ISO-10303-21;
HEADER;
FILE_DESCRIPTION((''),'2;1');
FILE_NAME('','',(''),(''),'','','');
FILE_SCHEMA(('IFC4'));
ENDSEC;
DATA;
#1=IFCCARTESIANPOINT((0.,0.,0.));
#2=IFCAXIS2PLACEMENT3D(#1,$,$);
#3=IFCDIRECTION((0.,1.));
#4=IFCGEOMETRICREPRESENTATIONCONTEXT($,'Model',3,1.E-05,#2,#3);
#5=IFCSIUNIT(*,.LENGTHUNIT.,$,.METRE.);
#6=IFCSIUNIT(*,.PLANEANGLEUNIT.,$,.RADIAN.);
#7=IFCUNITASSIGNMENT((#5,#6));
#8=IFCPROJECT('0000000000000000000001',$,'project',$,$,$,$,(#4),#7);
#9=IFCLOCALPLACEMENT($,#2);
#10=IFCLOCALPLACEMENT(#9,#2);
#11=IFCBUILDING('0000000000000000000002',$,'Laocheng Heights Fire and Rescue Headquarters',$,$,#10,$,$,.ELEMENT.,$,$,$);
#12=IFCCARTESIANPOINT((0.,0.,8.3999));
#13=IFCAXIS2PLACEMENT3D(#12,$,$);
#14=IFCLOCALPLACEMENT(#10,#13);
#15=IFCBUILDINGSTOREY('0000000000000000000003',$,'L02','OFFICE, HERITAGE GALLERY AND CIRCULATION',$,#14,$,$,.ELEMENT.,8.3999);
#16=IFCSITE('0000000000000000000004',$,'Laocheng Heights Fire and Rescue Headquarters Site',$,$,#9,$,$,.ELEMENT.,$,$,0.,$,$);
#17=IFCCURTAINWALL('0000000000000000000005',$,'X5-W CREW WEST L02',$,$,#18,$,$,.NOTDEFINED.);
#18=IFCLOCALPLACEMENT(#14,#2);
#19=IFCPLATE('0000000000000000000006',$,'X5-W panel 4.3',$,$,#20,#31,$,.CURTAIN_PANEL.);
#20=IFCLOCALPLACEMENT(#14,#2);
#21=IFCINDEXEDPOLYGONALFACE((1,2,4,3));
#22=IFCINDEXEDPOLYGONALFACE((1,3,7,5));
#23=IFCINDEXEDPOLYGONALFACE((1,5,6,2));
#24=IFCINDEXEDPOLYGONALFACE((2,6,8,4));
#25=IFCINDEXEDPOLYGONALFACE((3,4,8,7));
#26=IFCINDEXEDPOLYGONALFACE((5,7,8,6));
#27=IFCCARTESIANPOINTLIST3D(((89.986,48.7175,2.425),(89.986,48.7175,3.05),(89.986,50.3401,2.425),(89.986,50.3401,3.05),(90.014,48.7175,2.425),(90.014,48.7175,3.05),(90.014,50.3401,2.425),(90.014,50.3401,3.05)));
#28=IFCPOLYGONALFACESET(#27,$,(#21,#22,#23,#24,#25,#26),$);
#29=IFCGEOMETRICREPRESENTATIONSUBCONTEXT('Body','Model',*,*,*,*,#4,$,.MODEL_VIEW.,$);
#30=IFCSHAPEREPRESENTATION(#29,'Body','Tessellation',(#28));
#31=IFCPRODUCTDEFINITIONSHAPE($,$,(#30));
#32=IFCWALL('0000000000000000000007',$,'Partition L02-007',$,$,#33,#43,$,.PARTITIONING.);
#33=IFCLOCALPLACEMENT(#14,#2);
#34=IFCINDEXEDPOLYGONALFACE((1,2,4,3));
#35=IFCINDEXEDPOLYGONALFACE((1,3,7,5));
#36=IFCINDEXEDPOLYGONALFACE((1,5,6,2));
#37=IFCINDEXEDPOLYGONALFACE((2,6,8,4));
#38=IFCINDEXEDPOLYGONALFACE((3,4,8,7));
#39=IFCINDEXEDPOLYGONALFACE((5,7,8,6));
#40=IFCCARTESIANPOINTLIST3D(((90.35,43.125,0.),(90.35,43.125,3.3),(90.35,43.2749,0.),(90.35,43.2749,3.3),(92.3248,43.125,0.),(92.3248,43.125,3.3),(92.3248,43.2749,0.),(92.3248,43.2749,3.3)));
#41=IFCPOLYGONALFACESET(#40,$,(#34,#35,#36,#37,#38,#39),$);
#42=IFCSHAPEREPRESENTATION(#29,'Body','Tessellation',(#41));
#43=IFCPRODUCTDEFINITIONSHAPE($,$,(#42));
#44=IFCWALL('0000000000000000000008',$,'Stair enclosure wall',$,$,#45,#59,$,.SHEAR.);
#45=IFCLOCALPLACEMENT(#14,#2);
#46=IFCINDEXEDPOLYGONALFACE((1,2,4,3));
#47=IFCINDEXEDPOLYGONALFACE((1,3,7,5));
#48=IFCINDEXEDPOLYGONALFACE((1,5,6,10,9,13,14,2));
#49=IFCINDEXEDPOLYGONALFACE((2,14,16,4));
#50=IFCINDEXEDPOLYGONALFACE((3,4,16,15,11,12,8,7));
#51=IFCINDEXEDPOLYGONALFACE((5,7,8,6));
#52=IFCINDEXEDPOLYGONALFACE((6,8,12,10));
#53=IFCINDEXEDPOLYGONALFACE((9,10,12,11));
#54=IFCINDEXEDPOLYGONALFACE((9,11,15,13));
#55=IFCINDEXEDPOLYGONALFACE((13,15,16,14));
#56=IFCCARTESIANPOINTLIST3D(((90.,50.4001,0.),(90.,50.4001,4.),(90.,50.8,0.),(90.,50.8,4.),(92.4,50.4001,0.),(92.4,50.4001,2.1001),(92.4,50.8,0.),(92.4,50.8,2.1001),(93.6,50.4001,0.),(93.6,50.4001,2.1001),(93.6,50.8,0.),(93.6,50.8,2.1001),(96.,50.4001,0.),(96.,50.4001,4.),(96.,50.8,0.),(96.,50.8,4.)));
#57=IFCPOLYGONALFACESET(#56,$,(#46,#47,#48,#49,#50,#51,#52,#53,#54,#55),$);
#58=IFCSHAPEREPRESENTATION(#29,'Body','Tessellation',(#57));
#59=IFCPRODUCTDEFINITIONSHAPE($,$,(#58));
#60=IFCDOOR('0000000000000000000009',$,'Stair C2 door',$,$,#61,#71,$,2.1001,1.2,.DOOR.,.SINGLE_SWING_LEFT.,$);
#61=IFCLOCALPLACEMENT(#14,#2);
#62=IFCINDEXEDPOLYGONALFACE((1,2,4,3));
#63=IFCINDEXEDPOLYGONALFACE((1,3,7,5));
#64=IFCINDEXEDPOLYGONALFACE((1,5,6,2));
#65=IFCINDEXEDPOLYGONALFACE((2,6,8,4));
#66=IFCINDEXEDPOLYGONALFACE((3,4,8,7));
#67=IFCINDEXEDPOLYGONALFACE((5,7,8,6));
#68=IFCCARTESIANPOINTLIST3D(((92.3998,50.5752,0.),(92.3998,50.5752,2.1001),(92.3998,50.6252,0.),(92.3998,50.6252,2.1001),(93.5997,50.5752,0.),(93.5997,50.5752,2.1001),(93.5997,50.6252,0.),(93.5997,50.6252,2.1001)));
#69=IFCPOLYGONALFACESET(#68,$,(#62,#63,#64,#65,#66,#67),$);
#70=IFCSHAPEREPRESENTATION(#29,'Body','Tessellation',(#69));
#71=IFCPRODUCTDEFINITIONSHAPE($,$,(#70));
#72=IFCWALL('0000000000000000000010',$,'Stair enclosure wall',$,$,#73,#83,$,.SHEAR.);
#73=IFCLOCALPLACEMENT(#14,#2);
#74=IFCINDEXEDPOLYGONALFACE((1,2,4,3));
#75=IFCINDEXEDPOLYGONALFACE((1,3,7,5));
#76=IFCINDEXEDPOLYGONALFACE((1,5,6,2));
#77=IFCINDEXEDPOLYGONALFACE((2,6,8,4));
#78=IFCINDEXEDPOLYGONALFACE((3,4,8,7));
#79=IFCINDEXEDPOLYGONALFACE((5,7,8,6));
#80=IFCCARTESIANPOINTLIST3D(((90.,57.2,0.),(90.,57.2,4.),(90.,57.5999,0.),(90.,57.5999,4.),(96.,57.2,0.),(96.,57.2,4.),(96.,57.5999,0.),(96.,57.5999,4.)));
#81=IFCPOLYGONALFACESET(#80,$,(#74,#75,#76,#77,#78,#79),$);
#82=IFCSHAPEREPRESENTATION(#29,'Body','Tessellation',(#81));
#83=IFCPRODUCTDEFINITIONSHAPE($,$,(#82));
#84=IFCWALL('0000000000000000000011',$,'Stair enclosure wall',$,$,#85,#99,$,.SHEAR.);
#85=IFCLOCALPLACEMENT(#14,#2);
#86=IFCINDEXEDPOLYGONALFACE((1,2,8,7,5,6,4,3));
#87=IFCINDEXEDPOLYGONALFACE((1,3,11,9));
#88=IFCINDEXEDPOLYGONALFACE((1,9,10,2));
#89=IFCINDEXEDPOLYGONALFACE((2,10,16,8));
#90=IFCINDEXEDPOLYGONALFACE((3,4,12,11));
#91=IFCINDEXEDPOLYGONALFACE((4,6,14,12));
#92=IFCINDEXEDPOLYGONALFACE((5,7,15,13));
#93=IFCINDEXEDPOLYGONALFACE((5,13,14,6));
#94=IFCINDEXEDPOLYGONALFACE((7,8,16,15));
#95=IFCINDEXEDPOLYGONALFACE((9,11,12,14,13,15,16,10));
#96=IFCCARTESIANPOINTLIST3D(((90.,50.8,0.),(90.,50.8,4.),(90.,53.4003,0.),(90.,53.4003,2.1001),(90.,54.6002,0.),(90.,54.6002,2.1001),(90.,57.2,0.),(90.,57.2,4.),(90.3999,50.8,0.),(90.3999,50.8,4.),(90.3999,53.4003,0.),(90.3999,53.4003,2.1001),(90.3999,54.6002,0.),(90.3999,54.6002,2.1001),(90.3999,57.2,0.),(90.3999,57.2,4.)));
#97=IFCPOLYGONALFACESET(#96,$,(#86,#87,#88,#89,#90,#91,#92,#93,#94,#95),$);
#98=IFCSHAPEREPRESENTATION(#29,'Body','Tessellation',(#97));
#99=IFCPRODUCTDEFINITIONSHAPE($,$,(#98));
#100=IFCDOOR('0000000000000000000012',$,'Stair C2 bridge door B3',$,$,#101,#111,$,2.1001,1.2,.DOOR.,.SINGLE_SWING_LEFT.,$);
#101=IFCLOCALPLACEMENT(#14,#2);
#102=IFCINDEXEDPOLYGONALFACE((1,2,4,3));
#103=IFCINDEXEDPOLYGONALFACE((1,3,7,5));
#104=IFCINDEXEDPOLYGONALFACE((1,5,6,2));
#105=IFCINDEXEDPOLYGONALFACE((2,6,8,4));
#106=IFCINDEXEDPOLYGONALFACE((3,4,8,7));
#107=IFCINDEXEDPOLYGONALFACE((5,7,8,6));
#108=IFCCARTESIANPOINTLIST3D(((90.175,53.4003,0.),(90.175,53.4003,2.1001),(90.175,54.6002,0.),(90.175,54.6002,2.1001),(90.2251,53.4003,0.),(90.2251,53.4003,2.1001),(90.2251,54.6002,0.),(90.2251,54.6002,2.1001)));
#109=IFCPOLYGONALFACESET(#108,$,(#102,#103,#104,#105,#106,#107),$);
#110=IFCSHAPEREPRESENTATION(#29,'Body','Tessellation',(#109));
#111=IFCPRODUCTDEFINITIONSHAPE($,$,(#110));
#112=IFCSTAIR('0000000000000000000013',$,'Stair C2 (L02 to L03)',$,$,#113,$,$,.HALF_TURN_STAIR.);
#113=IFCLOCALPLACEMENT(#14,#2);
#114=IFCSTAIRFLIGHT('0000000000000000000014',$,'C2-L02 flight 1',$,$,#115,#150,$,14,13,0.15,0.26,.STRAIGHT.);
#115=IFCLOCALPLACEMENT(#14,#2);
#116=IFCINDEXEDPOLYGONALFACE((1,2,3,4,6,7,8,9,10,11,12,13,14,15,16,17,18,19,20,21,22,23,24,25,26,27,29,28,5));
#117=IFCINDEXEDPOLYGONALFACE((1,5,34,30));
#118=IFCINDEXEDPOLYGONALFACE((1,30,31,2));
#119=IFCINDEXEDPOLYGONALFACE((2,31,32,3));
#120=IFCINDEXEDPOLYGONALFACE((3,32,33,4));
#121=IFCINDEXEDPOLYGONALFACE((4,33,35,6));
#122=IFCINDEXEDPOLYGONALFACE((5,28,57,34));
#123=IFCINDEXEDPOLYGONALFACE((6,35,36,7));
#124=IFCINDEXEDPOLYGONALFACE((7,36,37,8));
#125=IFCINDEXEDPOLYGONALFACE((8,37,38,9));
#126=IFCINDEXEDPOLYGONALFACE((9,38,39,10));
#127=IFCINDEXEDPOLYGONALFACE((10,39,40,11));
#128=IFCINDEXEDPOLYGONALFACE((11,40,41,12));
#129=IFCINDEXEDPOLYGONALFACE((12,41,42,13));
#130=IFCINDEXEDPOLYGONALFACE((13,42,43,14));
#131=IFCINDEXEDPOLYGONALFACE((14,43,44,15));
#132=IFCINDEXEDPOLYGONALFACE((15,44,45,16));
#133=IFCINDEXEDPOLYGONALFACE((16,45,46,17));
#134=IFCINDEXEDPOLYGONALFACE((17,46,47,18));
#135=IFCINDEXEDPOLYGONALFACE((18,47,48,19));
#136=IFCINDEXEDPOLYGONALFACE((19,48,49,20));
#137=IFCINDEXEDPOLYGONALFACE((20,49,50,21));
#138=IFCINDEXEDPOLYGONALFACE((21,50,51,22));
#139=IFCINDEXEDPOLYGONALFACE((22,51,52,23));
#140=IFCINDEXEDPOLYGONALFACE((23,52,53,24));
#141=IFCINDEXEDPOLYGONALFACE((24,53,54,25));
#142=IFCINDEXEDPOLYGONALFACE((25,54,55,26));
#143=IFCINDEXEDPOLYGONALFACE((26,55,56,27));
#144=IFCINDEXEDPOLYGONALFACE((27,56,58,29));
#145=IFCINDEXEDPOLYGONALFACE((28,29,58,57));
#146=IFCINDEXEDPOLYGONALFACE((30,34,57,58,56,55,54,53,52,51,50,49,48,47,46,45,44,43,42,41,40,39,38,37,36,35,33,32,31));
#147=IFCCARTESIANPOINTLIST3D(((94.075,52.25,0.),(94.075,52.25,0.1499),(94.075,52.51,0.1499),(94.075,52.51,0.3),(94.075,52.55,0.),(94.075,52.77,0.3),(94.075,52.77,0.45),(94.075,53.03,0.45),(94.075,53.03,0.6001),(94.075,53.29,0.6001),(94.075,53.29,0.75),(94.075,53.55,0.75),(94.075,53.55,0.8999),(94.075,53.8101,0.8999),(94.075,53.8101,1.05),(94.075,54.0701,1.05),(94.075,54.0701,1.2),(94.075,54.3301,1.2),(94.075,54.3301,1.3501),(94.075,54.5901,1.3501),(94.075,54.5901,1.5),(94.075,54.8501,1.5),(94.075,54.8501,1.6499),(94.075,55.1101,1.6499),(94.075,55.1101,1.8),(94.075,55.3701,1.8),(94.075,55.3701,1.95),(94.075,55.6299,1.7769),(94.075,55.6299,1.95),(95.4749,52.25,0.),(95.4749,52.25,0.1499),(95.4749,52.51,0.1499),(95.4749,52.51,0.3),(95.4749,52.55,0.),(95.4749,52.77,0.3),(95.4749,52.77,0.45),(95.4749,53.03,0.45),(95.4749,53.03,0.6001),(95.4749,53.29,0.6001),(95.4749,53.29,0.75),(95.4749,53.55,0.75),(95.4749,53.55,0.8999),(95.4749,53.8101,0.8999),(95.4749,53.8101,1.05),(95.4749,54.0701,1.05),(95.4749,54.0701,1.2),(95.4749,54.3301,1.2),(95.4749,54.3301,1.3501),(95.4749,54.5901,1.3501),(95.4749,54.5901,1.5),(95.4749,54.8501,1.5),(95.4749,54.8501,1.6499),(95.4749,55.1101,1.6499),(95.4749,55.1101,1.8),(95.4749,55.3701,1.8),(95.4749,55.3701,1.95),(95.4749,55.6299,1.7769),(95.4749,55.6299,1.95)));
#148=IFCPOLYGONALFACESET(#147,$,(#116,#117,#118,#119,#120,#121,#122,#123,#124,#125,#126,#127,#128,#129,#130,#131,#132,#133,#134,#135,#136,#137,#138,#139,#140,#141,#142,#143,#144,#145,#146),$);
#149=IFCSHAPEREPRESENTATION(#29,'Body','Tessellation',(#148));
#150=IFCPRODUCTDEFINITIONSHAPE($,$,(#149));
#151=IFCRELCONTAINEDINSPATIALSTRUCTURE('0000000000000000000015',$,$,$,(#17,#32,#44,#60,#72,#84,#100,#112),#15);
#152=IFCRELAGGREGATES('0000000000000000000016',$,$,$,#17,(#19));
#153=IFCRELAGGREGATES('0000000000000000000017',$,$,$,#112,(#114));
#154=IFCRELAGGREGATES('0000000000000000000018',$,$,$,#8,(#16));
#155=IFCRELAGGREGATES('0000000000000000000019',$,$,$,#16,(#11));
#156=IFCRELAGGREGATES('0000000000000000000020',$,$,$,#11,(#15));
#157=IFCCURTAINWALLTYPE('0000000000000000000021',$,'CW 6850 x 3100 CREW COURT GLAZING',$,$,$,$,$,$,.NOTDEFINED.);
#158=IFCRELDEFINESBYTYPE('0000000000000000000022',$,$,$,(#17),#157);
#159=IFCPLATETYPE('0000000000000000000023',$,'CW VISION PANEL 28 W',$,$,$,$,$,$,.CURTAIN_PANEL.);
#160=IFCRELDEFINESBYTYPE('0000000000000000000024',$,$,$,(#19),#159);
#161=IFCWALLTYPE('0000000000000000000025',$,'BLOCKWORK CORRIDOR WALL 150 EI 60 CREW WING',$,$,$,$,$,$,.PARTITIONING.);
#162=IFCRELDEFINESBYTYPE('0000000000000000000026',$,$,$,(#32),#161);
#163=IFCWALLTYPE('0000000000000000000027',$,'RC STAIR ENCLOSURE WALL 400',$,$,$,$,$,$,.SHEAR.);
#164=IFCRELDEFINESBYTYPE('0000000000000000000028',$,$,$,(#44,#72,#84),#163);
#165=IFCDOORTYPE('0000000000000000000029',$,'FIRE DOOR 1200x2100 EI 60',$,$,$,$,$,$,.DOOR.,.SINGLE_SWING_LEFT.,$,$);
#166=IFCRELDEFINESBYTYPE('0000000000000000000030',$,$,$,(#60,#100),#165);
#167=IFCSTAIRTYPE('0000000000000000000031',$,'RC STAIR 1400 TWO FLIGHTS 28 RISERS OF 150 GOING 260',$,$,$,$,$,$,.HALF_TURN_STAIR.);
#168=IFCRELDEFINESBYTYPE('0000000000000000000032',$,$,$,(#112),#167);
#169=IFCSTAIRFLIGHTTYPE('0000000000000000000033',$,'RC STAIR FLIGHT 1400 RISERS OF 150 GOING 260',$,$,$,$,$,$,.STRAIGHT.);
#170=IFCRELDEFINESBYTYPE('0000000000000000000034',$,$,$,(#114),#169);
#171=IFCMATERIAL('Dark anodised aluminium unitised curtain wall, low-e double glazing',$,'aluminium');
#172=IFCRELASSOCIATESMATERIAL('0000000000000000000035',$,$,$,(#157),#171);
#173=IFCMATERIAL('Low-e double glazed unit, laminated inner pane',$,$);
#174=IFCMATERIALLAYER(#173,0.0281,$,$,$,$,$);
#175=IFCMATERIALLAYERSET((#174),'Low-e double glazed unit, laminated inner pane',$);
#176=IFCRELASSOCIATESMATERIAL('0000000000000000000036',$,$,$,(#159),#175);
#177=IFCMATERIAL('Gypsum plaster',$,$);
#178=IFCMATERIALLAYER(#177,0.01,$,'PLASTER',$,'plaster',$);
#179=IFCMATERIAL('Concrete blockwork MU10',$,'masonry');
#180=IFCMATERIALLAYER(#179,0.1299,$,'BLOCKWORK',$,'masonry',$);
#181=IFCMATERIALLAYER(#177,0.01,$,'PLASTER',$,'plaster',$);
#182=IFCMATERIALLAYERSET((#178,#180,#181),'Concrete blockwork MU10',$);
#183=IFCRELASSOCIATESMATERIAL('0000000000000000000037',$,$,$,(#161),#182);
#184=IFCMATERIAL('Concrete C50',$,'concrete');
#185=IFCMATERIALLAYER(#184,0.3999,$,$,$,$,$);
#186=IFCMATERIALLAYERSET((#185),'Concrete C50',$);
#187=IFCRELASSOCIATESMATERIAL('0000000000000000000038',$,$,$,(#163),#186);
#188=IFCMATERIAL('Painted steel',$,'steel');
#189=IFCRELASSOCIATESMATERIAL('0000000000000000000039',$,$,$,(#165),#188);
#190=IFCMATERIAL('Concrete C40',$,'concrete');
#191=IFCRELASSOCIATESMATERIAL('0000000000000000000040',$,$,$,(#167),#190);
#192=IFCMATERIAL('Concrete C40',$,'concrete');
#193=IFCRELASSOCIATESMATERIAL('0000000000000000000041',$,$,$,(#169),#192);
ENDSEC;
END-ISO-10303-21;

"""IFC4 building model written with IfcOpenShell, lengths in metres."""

from ifc_helpers import new_model, si_unit, direction, frame, frame_2d, origin, origin_2d, place, context, subcontext, project, spatial, polyline, rectangle, outline, extrude, material, layer, layer_set, type_object, element, fill, aggregate, save


model = new_model("IFC4")

# Units and contexts
model_context = context("Model", 3, precision=1e-05, world=origin(), true_north=direction((0.0, 1.0)))
body_context = subcontext(model_context, "Body", "Model", "MODEL_VIEW")
ifc_project = project(units=[si_unit("LENGTHUNIT", "METRE"), si_unit("PLANEANGLEUNIT", "RADIAN")], contexts=[model_context])

# Site, building, storey
site_placement = place(None, origin())
site = spatial("IfcSite", under=ifc_project, at=site_placement, Name="Laocheng Heights Fire and Rescue Headquarters Site", CompositionType="ELEMENT", RefElevation=0.0)
building_placement = place(site_placement, origin())
building = spatial("IfcBuilding", under=site, at=building_placement, Name="Laocheng Heights Fire and Rescue Headquarters", CompositionType="ELEMENT")
storey_placement = place(building_placement, frame((0.0, 0.0, 8.3999)))
storey = spatial("IfcBuildingStorey", under=building, at=storey_placement, Name="L02", Description="OFFICE, HERITAGE GALLERY AND CIRCULATION", CompositionType="ELEMENT", Elevation=8.3999)

# Curtain wall
ifc_material_1 = material(Name="Dark anodised aluminium unitised curtain wall, low-e double glazing", Category="aluminium")
curtain_wall_type = type_object("IfcCurtainWallType", Name="CW 6850 x 3100 CREW COURT GLAZING", PredefinedType="NOTDEFINED", material=ifc_material_1)
curtain_wall_placement = place(storey_placement, origin())
curtain_wall = element("IfcCurtainWall", 1, at=curtain_wall_placement, inside=storey, type_object=curtain_wall_type, Name="X5-W CREW WEST L02", PredefinedType="NOTDEFINED")

# Plate
ifc_material_2 = material(Name="Low-e double glazed unit, laminated inner pane")
ifc_layer_1 = layer(ifc_material_2, 0.0281)
ifc_layer_set_1 = layer_set([ifc_layer_1], Name="Low-e double glazed unit, laminated inner pane")
plate_type_1 = type_object("IfcPlateType", Name="CW VISION PANEL 28 W", PredefinedType="CURTAIN_PANEL", material=ifc_layer_set_1)
plate_1_placement = place(storey_placement, frame((90.0, 49.5288, 2.425), z_axis=(0.0, 0.0, 1.0), x_axis=(0.0, 1.0, 0.0)))
plate_1 = element("IfcPlate", 2, at=plate_1_placement, type_object=plate_type_1, Name="X5-W panel 4.3", PredefinedType="CURTAIN_PANEL", context=body_context, shape_type="SweptSolid", body=[
    extrude(rectangle(XDim=1.6226, YDim=0.0281, at=origin_2d()), origin(), (0.0, 0.0, 1.0), 0.625),
])
aggregate(curtain_wall, [plate_1])

# Wall
ifc_material_3 = material(Name="Gypsum plaster")
ifc_layer_2 = layer(ifc_material_3, 0.01, Name="PLASTER", Category="plaster")
ifc_material_4 = material(Name="Concrete blockwork MU10", Category="masonry")
ifc_layer_3 = layer(ifc_material_4, 0.1299, Name="BLOCKWORK", Category="masonry")
ifc_layer_4 = layer(ifc_material_3, 0.01, Name="PLASTER", Category="plaster")
ifc_layer_set_2 = layer_set([ifc_layer_2, ifc_layer_3, ifc_layer_4], Name="Concrete blockwork MU10")
wall_type_1 = type_object("IfcWallType", Name="BLOCKWORK CORRIDOR WALL 150 EI 60 CREW WING", PredefinedType="PARTITIONING", material=ifc_layer_set_2)
wall_1_placement = place(storey_placement, frame((90.3501, 43.2, 0.0), z_axis=(0.0, 0.0, 1.0), x_axis=(1.0, 0.0, 0.0)))
element("IfcWall", 3, at=wall_1_placement, inside=storey, type_object=wall_type_1, Name="Partition L02-007", PredefinedType="PARTITIONING", context=body_context, shape_type="SweptSolid", body=[
    extrude(rectangle(XDim=1.9749, YDim=0.1499, at=frame_2d((0.9873, 0.0))), origin(), (0.0, 0.0, 1.0), 3.3),
])

# Wall, opening, door
ifc_material_5 = material(Name="Concrete C50", Category="concrete")
ifc_layer_5 = layer(ifc_material_5, 0.3999)
ifc_layer_set_3 = layer_set([ifc_layer_5], Name="Concrete C50")
wall_type_2 = type_object("IfcWallType", Name="RC STAIR ENCLOSURE WALL 400", PredefinedType="SHEAR", material=ifc_layer_set_3)
wall_2_placement = place(storey_placement, frame((90.0, 50.6001, 0.0), z_axis=(0.0, 0.0, 1.0), x_axis=(1.0, 0.0, 0.0)))
wall_2 = element("IfcWall", 4, at=wall_2_placement, inside=storey, type_object=wall_type_2, Name="Stair enclosure wall", PredefinedType="SHEAR", context=body_context, shape_type="SweptSolid", body=[
    extrude(rectangle(XDim=6.0, YDim=0.3999, at=frame_2d((3.0, 0.0))), origin(), (0.0, 0.0, 1.0), 4.0),
])
opening_1_placement = place(wall_2_placement, frame((2.3999, 0.0, 0.0)))
opening_1 = element("IfcOpeningElement", 5, at=opening_1_placement, cuts=wall_2, PredefinedType="OPENING", context=body_context, shape_type="SweptSolid", body=[
    extrude(rectangle(XDim=1.2, YDim=2.1001, at=frame_2d((0.6001, 1.05))), frame((0.0, 0.21, 0.0), z_axis=(0.0, -1.0, 0.0), x_axis=(1.0, 0.0, 0.0)), (0.0, 0.0, 1.0), 0.4199),
])
ifc_material_6 = material(Name="Painted steel", Category="steel")
door_type = type_object("IfcDoorType", Name="FIRE DOOR 1200x2100 EI 60", OperationType="SINGLE_SWING_LEFT", PredefinedType="DOOR", material=ifc_material_6)
door_1_placement = place(opening_1_placement, frame((1.2, 0.0, 0.0), z_axis=(0.0, 0.0, 1.0), x_axis=(-1.0, 0.0, 0.0)))
door_1 = element("IfcDoor", 6, at=door_1_placement, inside=storey, type_object=door_type, Name="Stair C2 door", OperationType="SINGLE_SWING_LEFT", OverallHeight=2.1001, OverallWidth=1.2, PredefinedType="DOOR", context=body_context, shape_type="SweptSolid", body=[
    extrude(rectangle(XDim=1.2, YDim=2.1001, at=frame_2d((0.6001, 1.05))), frame((0.0, 0.0249, 0.0), z_axis=(0.0, -1.0, 0.0), x_axis=(1.0, 0.0, 0.0)), (0.0, 0.0, 1.0), 0.05),
])
fill(opening_1, door_1)

# Wall
wall_3_placement = place(storey_placement, frame((90.0, 57.3999, 0.0), z_axis=(0.0, 0.0, 1.0), x_axis=(1.0, 0.0, 0.0)))
element("IfcWall", 7, at=wall_3_placement, inside=storey, type_object=wall_type_2, Name="Stair enclosure wall", PredefinedType="SHEAR", context=body_context, shape_type="SweptSolid", body=[
    extrude(rectangle(XDim=6.0, YDim=0.3999, at=frame_2d((3.0, 0.0))), origin(), (0.0, 0.0, 1.0), 4.0),
])

# Wall, opening, door
wall_4_placement = place(storey_placement, frame((90.2, 50.8, 0.0), z_axis=(0.0, 0.0, 1.0), x_axis=(0.0, 1.0, 0.0)))
wall_4 = element("IfcWall", 8, at=wall_4_placement, inside=storey, type_object=wall_type_2, Name="Stair enclosure wall", PredefinedType="SHEAR", context=body_context, shape_type="SweptSolid", body=[
    extrude(rectangle(XDim=6.3999, YDim=0.3999, at=frame_2d((3.2, 0.0))), origin(), (0.0, 0.0, 1.0), 4.0),
])
opening_2_placement = place(wall_4_placement, frame((2.6001, 0.0, 0.0)))
opening_2 = element("IfcOpeningElement", 9, at=opening_2_placement, cuts=wall_4, PredefinedType="OPENING", context=body_context, shape_type="SweptSolid", body=[
    extrude(rectangle(XDim=1.2, YDim=2.1001, at=frame_2d((0.6001, 1.05))), frame((0.0, 0.21, 0.0), z_axis=(0.0, -1.0, 0.0), x_axis=(1.0, 0.0, 0.0)), (0.0, 0.0, 1.0), 0.4199),
])
door_2_placement = place(opening_2_placement, origin())
door_2 = element("IfcDoor", 10, at=door_2_placement, inside=storey, type_object=door_type, Name="Stair C2 bridge door B3", OperationType="SINGLE_SWING_LEFT", OverallHeight=2.1001, OverallWidth=1.2, PredefinedType="DOOR", context=body_context, shape_type="SweptSolid", body=[
    extrude(rectangle(XDim=1.2, YDim=2.1001, at=frame_2d((0.6001, 1.05))), frame((0.0, 0.0249, 0.0), z_axis=(0.0, -1.0, 0.0), x_axis=(1.0, 0.0, 0.0)), (0.0, 0.0, 1.0), 0.05),
])
fill(opening_2, door_2)

# Stair, stair flight
ifc_material_7 = material(Name="Concrete C40", Category="concrete")
stair_type = type_object("IfcStairType", Name="RC STAIR 1400 TWO FLIGHTS 28 RISERS OF 150 GOING 260", PredefinedType="HALF_TURN_STAIR", material=ifc_material_7)
stair_placement = place(storey_placement, origin())
stair = element("IfcStair", 11, at=stair_placement, inside=storey, type_object=stair_type, Name="Stair C2 (L02 to L03)", PredefinedType="HALF_TURN_STAIR")
ifc_material_8 = material(Name="Concrete C40", Category="concrete")
stair_flight_type = type_object("IfcStairFlightType", Name="RC STAIR FLIGHT 1400 RISERS OF 150 GOING 260", PredefinedType="STRAIGHT", material=ifc_material_8)
stair_flight_1_placement = place(storey_placement, frame((94.7749, 52.25, 0.0), z_axis=(0.0, 0.0, 1.0), x_axis=(0.0, 1.0, 0.0)))
stair_flight_1 = element("IfcStairFlight", 12, at=stair_flight_1_placement, type_object=stair_flight_type, Name="C2-L02 flight 1", NumberOfRisers=14, NumberOfTreads=13, PredefinedType="STRAIGHT", RiserHeight=0.15, TreadLength=0.26, context=body_context, shape_type="SweptSolid", body=[
    extrude(outline(polyline([(0.0, 0.0), (0.0, 0.1499), (0.26, 0.1499), (0.26, 0.3), (0.52, 0.3), (0.52, 0.45), (0.78, 0.45), (0.78, 0.6001), (1.04, 0.6001), (1.04, 0.75), (1.3, 0.75), (1.3, 0.8999), (1.5601, 0.8999), (1.5601, 1.05), (1.8201, 1.05), (1.8201, 1.2), (2.0801, 1.2), (2.0801, 1.3501), (2.3401, 1.3501), (2.3401, 1.5), (2.6001, 1.5), (2.6001, 1.6499), (2.8601, 1.6499), (2.8601, 1.8), (3.1201, 1.8), (3.1201, 1.95), (3.3799, 1.95), (3.3799, 2.1001), (3.3799, 1.7769), (0.3, 0.0), (0.0, 0.0)])), frame((0.0, 0.7, 0.0), z_axis=(0.0, -1.0, 0.0), x_axis=(1.0, 0.0, 0.0)), (0.0, 0.0, 1.0), 1.3999),
])
aggregate(stair, [stair_flight_1])

save(model, "model.ifc")
